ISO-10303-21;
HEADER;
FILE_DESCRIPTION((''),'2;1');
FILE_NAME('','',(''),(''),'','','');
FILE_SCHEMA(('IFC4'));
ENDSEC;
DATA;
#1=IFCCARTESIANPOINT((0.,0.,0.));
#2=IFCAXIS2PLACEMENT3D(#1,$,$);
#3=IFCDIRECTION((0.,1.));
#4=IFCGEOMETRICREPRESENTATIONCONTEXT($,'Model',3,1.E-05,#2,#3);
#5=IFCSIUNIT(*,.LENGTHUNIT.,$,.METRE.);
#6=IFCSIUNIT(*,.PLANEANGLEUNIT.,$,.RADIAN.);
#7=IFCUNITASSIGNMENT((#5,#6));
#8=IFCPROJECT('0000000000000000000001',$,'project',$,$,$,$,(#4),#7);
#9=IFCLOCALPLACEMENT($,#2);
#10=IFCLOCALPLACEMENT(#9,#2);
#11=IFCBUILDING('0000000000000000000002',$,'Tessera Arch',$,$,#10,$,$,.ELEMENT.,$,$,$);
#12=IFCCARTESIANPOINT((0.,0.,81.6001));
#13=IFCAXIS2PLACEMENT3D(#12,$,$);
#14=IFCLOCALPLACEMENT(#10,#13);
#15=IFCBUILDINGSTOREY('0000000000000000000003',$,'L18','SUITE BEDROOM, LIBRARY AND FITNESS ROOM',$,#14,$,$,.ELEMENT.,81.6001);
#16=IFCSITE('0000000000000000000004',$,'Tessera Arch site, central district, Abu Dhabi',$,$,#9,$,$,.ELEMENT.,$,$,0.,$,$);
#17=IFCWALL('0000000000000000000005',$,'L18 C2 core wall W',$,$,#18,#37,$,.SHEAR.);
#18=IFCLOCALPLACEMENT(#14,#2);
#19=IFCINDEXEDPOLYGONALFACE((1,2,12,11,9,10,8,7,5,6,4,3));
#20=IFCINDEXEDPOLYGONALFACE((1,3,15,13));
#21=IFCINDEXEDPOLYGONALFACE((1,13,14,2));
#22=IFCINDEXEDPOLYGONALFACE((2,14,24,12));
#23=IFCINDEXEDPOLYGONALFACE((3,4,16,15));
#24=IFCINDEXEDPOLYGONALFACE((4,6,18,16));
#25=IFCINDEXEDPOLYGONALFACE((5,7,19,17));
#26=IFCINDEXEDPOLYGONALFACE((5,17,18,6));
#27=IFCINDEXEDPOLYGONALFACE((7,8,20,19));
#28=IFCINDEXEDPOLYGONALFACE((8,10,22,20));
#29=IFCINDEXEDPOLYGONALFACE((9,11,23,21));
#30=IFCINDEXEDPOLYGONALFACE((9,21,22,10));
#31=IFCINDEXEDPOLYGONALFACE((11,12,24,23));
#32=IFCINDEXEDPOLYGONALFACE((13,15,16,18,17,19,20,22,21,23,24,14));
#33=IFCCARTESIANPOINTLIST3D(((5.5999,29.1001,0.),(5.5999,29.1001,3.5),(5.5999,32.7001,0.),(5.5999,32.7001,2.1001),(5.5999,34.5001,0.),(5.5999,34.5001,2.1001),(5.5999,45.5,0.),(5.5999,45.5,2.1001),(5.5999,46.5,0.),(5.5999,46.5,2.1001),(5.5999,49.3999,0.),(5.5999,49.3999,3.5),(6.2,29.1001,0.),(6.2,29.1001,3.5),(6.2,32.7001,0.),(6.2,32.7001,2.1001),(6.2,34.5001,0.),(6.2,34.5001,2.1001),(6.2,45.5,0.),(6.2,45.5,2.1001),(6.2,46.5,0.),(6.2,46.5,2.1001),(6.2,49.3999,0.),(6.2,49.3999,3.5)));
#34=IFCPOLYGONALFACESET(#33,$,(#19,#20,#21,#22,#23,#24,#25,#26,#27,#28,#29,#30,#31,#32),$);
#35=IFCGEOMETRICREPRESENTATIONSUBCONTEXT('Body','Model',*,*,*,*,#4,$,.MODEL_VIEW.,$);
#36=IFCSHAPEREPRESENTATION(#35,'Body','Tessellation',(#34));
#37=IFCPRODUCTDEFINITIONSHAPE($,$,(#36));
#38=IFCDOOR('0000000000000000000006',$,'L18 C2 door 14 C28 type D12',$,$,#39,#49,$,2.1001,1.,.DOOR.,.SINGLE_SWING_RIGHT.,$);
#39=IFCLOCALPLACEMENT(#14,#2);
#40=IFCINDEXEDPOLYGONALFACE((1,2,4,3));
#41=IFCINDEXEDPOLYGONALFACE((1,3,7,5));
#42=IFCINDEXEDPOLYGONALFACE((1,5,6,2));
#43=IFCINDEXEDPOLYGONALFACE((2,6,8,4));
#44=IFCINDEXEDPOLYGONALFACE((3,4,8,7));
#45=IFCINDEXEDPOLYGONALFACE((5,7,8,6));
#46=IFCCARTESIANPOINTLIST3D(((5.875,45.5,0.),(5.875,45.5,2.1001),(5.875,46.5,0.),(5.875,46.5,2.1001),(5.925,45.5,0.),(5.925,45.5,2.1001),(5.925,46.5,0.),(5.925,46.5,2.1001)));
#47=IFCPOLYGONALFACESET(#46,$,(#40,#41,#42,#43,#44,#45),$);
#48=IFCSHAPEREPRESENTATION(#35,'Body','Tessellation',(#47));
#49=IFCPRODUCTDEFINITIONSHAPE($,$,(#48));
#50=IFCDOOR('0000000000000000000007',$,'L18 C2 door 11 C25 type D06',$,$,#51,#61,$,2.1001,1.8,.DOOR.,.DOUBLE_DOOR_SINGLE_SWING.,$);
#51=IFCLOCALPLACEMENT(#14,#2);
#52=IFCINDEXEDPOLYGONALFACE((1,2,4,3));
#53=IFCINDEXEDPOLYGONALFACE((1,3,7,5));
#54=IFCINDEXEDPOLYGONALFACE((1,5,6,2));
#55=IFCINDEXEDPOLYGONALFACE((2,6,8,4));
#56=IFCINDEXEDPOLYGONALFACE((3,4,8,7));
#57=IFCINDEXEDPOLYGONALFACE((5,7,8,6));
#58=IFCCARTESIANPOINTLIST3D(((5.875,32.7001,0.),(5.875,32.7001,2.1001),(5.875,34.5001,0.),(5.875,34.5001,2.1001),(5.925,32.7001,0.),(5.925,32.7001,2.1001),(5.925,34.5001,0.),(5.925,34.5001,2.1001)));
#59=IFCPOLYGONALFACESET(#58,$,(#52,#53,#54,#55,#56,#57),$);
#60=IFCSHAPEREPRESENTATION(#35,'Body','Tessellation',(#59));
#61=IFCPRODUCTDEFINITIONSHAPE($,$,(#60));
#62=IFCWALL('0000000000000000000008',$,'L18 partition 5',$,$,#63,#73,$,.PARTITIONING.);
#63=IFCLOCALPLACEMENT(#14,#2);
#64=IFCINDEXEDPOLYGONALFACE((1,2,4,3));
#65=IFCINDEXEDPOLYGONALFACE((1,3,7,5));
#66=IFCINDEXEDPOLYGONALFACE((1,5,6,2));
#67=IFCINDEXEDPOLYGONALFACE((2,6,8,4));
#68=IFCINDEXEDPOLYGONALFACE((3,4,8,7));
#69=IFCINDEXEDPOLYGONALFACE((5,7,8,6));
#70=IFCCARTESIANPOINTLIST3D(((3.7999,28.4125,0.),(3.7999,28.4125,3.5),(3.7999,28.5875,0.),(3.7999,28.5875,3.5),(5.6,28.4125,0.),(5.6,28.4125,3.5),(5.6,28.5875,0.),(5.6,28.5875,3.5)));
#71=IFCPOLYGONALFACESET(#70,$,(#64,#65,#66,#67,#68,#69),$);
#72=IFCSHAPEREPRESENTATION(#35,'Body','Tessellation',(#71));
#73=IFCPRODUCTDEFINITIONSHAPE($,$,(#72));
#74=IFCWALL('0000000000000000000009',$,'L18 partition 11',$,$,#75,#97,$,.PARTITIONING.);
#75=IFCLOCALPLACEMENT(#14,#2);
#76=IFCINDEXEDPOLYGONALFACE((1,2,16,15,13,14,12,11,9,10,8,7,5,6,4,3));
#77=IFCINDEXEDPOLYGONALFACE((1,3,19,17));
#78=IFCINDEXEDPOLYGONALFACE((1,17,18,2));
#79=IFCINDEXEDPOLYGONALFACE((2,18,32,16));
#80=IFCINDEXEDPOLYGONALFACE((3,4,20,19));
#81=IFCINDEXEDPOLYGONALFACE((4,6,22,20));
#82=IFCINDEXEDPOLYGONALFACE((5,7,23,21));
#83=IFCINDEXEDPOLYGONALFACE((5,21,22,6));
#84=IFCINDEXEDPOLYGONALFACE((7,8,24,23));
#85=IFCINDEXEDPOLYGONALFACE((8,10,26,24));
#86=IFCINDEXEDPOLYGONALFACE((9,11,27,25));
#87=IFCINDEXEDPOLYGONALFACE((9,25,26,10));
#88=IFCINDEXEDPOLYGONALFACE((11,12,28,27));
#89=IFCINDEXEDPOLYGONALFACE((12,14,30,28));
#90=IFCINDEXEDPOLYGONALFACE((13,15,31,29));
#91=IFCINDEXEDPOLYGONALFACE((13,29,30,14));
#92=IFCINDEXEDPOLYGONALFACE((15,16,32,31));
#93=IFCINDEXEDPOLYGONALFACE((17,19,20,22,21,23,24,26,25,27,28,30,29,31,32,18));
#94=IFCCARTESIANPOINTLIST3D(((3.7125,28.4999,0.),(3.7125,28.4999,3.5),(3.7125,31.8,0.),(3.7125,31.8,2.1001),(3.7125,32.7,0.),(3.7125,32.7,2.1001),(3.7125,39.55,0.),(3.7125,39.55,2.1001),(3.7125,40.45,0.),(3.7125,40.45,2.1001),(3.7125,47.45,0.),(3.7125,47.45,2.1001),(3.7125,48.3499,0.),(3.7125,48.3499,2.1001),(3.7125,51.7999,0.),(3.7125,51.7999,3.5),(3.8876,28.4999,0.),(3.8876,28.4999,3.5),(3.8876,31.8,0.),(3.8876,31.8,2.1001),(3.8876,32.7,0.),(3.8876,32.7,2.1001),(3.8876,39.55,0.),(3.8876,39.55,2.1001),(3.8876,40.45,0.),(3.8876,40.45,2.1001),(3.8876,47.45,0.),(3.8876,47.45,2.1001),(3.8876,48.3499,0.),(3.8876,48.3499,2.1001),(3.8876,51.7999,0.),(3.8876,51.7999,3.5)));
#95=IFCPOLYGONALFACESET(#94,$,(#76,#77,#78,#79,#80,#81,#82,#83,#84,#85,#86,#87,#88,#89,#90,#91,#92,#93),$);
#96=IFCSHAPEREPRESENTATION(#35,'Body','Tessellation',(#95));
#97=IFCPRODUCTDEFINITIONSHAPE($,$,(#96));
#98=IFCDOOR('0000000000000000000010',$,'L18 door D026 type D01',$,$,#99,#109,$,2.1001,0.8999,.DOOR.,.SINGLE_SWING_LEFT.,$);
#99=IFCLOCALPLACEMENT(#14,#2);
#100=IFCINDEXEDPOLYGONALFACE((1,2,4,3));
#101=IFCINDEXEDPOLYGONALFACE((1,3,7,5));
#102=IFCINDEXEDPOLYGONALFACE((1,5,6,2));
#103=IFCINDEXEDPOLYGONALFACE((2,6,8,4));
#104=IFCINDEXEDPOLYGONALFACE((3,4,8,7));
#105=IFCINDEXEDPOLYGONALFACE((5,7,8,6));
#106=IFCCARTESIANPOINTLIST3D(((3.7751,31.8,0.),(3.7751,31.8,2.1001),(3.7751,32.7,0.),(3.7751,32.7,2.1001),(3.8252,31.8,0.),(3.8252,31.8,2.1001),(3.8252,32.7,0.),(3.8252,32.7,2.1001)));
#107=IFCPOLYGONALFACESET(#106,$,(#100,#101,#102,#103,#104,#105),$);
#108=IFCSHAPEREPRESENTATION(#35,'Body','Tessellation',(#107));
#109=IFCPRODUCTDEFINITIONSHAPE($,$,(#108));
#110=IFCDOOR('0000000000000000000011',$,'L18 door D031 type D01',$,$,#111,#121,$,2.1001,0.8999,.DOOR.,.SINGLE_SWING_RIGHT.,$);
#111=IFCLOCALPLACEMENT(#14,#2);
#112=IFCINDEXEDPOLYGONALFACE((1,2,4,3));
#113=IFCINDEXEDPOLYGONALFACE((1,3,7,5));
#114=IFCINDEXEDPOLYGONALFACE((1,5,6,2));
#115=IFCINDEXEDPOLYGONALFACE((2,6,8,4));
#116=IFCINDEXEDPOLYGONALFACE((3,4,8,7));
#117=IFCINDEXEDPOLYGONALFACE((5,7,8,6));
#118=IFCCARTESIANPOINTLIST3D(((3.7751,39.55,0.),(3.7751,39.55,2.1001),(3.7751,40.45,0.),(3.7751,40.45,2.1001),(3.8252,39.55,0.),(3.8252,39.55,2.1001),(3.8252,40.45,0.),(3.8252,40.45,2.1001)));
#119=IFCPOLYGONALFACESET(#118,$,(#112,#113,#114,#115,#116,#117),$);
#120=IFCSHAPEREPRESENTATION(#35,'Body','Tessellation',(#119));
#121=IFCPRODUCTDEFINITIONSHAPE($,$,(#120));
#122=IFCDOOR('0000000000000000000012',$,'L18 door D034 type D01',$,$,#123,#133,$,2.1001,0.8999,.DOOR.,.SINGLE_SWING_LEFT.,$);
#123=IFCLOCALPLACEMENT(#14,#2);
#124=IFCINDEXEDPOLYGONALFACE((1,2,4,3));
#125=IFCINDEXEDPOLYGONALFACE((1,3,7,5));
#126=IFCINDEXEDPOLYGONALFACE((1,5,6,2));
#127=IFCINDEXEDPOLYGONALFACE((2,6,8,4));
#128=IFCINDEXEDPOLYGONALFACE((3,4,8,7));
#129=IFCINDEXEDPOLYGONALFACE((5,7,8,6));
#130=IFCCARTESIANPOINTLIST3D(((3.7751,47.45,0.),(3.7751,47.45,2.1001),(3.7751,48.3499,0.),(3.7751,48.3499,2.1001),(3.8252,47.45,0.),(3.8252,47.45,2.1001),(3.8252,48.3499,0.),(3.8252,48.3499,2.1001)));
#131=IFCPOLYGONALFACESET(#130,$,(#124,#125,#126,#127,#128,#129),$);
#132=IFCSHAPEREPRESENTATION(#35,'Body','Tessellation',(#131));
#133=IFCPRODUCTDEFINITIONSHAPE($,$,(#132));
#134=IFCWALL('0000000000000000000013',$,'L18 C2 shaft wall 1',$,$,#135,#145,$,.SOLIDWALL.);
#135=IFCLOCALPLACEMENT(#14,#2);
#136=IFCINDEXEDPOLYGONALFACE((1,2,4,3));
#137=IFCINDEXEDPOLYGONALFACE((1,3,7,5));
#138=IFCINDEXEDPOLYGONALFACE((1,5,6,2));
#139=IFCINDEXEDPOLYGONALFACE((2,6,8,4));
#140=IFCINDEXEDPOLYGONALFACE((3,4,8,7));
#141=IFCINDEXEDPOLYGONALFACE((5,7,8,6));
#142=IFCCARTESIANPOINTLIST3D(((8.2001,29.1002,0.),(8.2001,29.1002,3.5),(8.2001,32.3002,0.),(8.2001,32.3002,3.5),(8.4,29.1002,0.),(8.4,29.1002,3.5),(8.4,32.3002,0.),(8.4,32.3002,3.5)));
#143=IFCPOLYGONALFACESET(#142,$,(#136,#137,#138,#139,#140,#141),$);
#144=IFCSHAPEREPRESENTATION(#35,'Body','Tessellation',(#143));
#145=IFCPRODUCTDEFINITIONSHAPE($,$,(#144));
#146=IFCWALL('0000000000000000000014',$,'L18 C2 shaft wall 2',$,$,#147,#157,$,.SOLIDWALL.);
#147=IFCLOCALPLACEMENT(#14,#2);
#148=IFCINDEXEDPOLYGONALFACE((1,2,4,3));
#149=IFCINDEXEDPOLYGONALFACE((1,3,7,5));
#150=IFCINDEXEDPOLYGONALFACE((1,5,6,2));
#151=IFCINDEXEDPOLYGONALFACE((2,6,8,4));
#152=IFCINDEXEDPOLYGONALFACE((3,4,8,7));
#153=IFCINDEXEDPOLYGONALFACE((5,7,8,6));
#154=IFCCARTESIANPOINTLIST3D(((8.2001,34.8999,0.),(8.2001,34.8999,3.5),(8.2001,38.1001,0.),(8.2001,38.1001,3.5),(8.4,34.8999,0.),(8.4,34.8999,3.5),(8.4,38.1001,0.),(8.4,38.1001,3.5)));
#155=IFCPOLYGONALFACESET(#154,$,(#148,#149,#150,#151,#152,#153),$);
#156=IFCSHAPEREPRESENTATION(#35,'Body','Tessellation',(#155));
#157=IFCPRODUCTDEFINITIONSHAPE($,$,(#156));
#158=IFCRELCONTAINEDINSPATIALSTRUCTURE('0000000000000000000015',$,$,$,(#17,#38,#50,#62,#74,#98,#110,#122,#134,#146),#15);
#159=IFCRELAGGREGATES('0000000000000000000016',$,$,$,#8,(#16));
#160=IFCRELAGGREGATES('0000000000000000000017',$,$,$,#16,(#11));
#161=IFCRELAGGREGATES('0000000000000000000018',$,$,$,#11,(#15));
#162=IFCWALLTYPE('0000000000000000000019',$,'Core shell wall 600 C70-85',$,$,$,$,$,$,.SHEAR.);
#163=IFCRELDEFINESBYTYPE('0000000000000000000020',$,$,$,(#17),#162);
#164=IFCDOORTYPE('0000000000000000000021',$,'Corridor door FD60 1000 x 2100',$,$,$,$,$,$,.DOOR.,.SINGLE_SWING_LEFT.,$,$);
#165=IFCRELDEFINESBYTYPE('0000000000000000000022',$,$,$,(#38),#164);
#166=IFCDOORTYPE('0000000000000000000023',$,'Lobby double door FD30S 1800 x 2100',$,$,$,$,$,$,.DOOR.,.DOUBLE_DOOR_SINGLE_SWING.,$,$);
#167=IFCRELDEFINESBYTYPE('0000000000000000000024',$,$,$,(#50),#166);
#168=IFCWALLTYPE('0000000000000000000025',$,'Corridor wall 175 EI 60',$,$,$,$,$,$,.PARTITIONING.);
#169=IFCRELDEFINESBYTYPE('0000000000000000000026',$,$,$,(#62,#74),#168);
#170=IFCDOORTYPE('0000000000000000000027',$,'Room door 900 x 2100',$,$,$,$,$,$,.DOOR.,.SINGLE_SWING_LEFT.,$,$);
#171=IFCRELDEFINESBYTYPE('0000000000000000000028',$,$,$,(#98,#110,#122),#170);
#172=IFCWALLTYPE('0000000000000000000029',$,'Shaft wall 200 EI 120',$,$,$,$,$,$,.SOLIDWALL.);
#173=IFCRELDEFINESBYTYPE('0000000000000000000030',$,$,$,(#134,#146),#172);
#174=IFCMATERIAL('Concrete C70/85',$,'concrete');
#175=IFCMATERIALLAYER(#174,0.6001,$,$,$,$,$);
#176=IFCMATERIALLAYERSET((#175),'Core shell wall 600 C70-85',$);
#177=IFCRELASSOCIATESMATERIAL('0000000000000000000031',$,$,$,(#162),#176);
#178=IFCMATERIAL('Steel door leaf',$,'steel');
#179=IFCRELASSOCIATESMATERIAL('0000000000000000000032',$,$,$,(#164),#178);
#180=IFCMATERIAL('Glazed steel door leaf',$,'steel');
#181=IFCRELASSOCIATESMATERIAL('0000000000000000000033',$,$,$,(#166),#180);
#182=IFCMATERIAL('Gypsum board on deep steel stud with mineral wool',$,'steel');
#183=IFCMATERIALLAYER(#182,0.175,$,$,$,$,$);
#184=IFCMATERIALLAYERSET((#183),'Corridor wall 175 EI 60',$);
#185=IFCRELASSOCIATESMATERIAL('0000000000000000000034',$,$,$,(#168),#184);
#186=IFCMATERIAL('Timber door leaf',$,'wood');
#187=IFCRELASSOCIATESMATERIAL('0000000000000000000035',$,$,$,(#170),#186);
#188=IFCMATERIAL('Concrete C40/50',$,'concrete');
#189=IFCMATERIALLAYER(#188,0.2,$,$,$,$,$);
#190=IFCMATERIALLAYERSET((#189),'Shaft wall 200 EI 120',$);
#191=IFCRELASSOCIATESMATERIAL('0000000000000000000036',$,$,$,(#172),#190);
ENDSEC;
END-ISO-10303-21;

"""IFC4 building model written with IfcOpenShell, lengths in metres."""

from ifc_helpers import new_model, si_unit, direction, frame, frame_2d, origin, place, context, subcontext, project, spatial, rectangle, extrude, material, layer, layer_set, type_object, element, fill, save


model = new_model("IFC4")

# Units and contexts
model_context = context("Model", 3, precision=1e-05, world=origin(), true_north=direction((0.0, 1.0)))
body_context = subcontext(model_context, "Body", "Model", "MODEL_VIEW")
ifc_project = project(units=[si_unit("LENGTHUNIT", "METRE"), si_unit("PLANEANGLEUNIT", "RADIAN")], contexts=[model_context])

# Site, building, storey
site_placement = place(None, origin())
site = spatial("IfcSite", under=ifc_project, at=site_placement, Name="Tessera Arch site, central district, Abu Dhabi", CompositionType="ELEMENT", RefElevation=0.0)
building_placement = place(site_placement, origin())
building = spatial("IfcBuilding", under=site, at=building_placement, Name="Tessera Arch", CompositionType="ELEMENT")
storey_placement = place(building_placement, frame((0.0, 0.0, 81.6001)))
storey = spatial("IfcBuildingStorey", under=building, at=storey_placement, Name="L18", Description="SUITE BEDROOM, LIBRARY AND FITNESS ROOM", CompositionType="ELEMENT", Elevation=81.6001)

# Wall, openings, doors
ifc_material_1 = material(Name="Concrete C70/85", Category="concrete")
ifc_layer_1 = layer(ifc_material_1, 0.6001)
ifc_layer_set_1 = layer_set([ifc_layer_1], Name="Core shell wall 600 C70-85")
wall_type_1 = type_object("IfcWallType", Name="Core shell wall 600 C70-85", PredefinedType="SHEAR", material=ifc_layer_set_1)
wall_1_placement = place(storey_placement, frame((5.8999, 29.1001, 0.0), z_axis=(0.0, 0.0, 1.0), x_axis=(0.0, 1.0, 0.0)))
wall_1 = element("IfcWall", 1, at=wall_1_placement, inside=storey, type_object=wall_type_1, Name="L18 C2 core wall W", PredefinedType="SHEAR", context=body_context, shape_type="SweptSolid", body=[
    extrude(rectangle(XDim=20.2998, YDim=0.6001, at=frame_2d((10.1499, 0.0))), origin(), (0.0, 0.0, 1.0), 3.5),
])
opening_1_placement = place(wall_1_placement, frame((3.6001, 0.0, 0.0)))
opening_1 = element("IfcOpeningElement", 2, at=opening_1_placement, cuts=wall_1, PredefinedType="OPENING", context=body_context, shape_type="SweptSolid", body=[
    extrude(rectangle(XDim=1.8, YDim=2.1001, at=frame_2d((0.8999, 1.05))), frame((0.0, 0.3101, 0.0), z_axis=(0.0, -1.0, 0.0), x_axis=(1.0, 0.0, 0.0)), (0.0, 0.0, 1.0), 0.6201),
])
opening_2_placement = place(wall_1_placement, frame((16.3999, 0.0, 0.0)))
opening_2 = element("IfcOpeningElement", 3, at=opening_2_placement, cuts=wall_1, PredefinedType="OPENING", context=body_context, shape_type="SweptSolid", body=[
    extrude(rectangle(XDim=1.0, YDim=2.1001, at=frame_2d((0.5, 1.05))), frame((0.0, 0.3101, 0.0), z_axis=(0.0, -1.0, 0.0), x_axis=(1.0, 0.0, 0.0)), (0.0, 0.0, 1.0), 0.6201),
])
ifc_material_2 = material(Name="Steel door leaf", Category="steel")
door_type_1 = type_object("IfcDoorType", Name="Corridor door FD60 1000 x 2100", OperationType="SINGLE_SWING_LEFT", PredefinedType="DOOR", material=ifc_material_2)
door_1_placement = place(opening_2_placement, origin())
door_1 = element("IfcDoor", 4, at=door_1_placement, inside=storey, type_object=door_type_1, Name="L18 C2 door 14 C28 type D12", OperationType="SINGLE_SWING_RIGHT", OverallHeight=2.1001, OverallWidth=1.0, PredefinedType="DOOR", context=body_context, shape_type="SweptSolid", body=[
    extrude(rectangle(XDim=1.0, YDim=2.1001, at=frame_2d((0.5, 1.05))), frame((0.0, 0.0249, 0.0), z_axis=(0.0, -1.0, 0.0), x_axis=(1.0, 0.0, 0.0)), (0.0, 0.0, 1.0), 0.05),
])
fill(opening_2, door_1)
ifc_material_3 = material(Name="Glazed steel door leaf", Category="steel")
door_type_2 = type_object("IfcDoorType", Name="Lobby double door FD30S 1800 x 2100", OperationType="DOUBLE_DOOR_SINGLE_SWING", PredefinedType="DOOR", material=ifc_material_3)
door_2_placement = place(opening_1_placement, origin())
door_2 = element("IfcDoor", 5, at=door_2_placement, inside=storey, type_object=door_type_2, Name="L18 C2 door 11 C25 type D06", OperationType="DOUBLE_DOOR_SINGLE_SWING", OverallHeight=2.1001, OverallWidth=1.8, PredefinedType="DOOR", context=body_context, shape_type="SweptSolid", body=[
    extrude(rectangle(XDim=1.8, YDim=2.1001, at=frame_2d((0.8999, 1.05))), frame((0.0, 0.0249, 0.0), z_axis=(0.0, -1.0, 0.0), x_axis=(1.0, 0.0, 0.0)), (0.0, 0.0, 1.0), 0.05),
])
fill(opening_1, door_2)

# Wall
ifc_material_4 = material(Name="Gypsum board on deep steel stud with mineral wool", Category="steel")
ifc_layer_2 = layer(ifc_material_4, 0.175)
ifc_layer_set_2 = layer_set([ifc_layer_2], Name="Corridor wall 175 EI 60")
wall_type_2 = type_object("IfcWallType", Name="Corridor wall 175 EI 60", PredefinedType="PARTITIONING", material=ifc_layer_set_2)
wall_2_placement = place(storey_placement, frame((3.8, 28.5, 0.0), z_axis=(0.0, 0.0, 1.0), x_axis=(1.0, 0.0, 0.0)))
element("IfcWall", 6, at=wall_2_placement, inside=storey, type_object=wall_type_2, Name="L18 partition 5", PredefinedType="PARTITIONING", context=body_context, shape_type="SweptSolid", body=[
    extrude(rectangle(XDim=1.8, YDim=0.175, at=frame_2d((0.8999, 0.0))), origin(), (0.0, 0.0, 1.0), 3.5),
])

# Wall, openings, doors
wall_3_placement = place(storey_placement, frame((3.8, 28.5, 0.0), z_axis=(0.0, 0.0, 1.0), x_axis=(0.0, 1.0, 0.0)))
wall_3 = element("IfcWall", 7, at=wall_3_placement, inside=storey, type_object=wall_type_2, Name="L18 partition 11", PredefinedType="PARTITIONING", context=body_context, shape_type="SweptSolid", body=[
    extrude(rectangle(XDim=23.3, YDim=0.175, at=frame_2d((11.6499, 0.0))), origin(), (0.0, 0.0, 1.0), 3.5),
])
opening_3_placement = place(wall_3_placement, frame((3.3, 0.0, 0.0)))
opening_3 = element("IfcOpeningElement", 8, at=opening_3_placement, cuts=wall_3, PredefinedType="OPENING", context=body_context, shape_type="SweptSolid", body=[
    extrude(rectangle(XDim=0.8999, YDim=2.1001, at=frame_2d((0.45, 1.05))), frame((0.0, 0.0974, 0.0), z_axis=(0.0, -1.0, 0.0), x_axis=(1.0, 0.0, 0.0)), (0.0, 0.0, 1.0), 0.1951),
])
opening_4_placement = place(wall_3_placement, frame((11.05, 0.0, 0.0)))
opening_4 = element("IfcOpeningElement", 9, at=opening_4_placement, cuts=wall_3, PredefinedType="OPENING", context=body_context, shape_type="SweptSolid", body=[
    extrude(rectangle(XDim=0.8999, YDim=2.1001, at=frame_2d((0.45, 1.05))), frame((0.0, 0.0974, 0.0), z_axis=(0.0, -1.0, 0.0), x_axis=(1.0, 0.0, 0.0)), (0.0, 0.0, 1.0), 0.1951),
])
opening_5_placement = place(wall_3_placement, frame((18.95, 0.0, 0.0)))
opening_5 = element("IfcOpeningElement", 10, at=opening_5_placement, cuts=wall_3, PredefinedType="OPENING", context=body_context, shape_type="SweptSolid", body=[
    extrude(rectangle(XDim=0.8999, YDim=2.1001, at=frame_2d((0.45, 1.05))), frame((0.0, 0.0974, 0.0), z_axis=(0.0, -1.0, 0.0), x_axis=(1.0, 0.0, 0.0)), (0.0, 0.0, 1.0), 0.1951),
])
ifc_material_5 = material(Name="Timber door leaf", Category="wood")
door_type_3 = type_object("IfcDoorType", Name="Room door 900 x 2100", OperationType="SINGLE_SWING_LEFT", PredefinedType="DOOR", material=ifc_material_5)
door_3_placement = place(opening_3_placement, origin())
door_3 = element("IfcDoor", 11, at=door_3_placement, inside=storey, type_object=door_type_3, Name="L18 door D026 type D01", OperationType="SINGLE_SWING_LEFT", OverallHeight=2.1001, OverallWidth=0.8999, PredefinedType="DOOR", context=body_context, shape_type="SweptSolid", body=[
    extrude(rectangle(XDim=0.8999, YDim=2.1001, at=frame_2d((0.45, 1.05))), frame((0.0, 0.0249, 0.0), z_axis=(0.0, -1.0, 0.0), x_axis=(1.0, 0.0, 0.0)), (0.0, 0.0, 1.0), 0.05),
])
fill(opening_3, door_3)
door_4_placement = place(opening_4_placement, origin())
door_4 = element("IfcDoor", 12, at=door_4_placement, inside=storey, type_object=door_type_3, Name="L18 door D031 type D01", OperationType="SINGLE_SWING_RIGHT", OverallHeight=2.1001, OverallWidth=0.8999, PredefinedType="DOOR", context=body_context, shape_type="SweptSolid", body=[
    extrude(rectangle(XDim=0.8999, YDim=2.1001, at=frame_2d((0.45, 1.05))), frame((0.0, 0.0249, 0.0), z_axis=(0.0, -1.0, 0.0), x_axis=(1.0, 0.0, 0.0)), (0.0, 0.0, 1.0), 0.05),
])
fill(opening_4, door_4)
door_5_placement = place(opening_5_placement, origin())
door_5 = element("IfcDoor", 13, at=door_5_placement, inside=storey, type_object=door_type_3, Name="L18 door D034 type D01", OperationType="SINGLE_SWING_LEFT", OverallHeight=2.1001, OverallWidth=0.8999, PredefinedType="DOOR", context=body_context, shape_type="SweptSolid", body=[
    extrude(rectangle(XDim=0.8999, YDim=2.1001, at=frame_2d((0.45, 1.05))), frame((0.0, 0.0249, 0.0), z_axis=(0.0, -1.0, 0.0), x_axis=(1.0, 0.0, 0.0)), (0.0, 0.0, 1.0), 0.05),
])
fill(opening_5, door_5)

# Walls
ifc_material_6 = material(Name="Concrete C40/50", Category="concrete")
ifc_layer_3 = layer(ifc_material_6, 0.2)
ifc_layer_set_3 = layer_set([ifc_layer_3], Name="Shaft wall 200 EI 120")
wall_type_3 = type_object("IfcWallType", Name="Shaft wall 200 EI 120", PredefinedType="SOLIDWALL", material=ifc_layer_set_3)
wall_4_placement = place(storey_placement, frame((8.3, 29.1001, 0.0), z_axis=(0.0, 0.0, 1.0), x_axis=(0.0, 1.0, 0.0)))
element("IfcWall", 14, at=wall_4_placement, inside=storey, type_object=wall_type_3, Name="L18 C2 shaft wall 1", PredefinedType="SOLIDWALL", context=body_context, shape_type="SweptSolid", body=[
    extrude(rectangle(XDim=3.2, YDim=0.2, at=frame_2d((1.6001, 0.0))), origin(), (0.0, 0.0, 1.0), 3.5),
])
wall_5_placement = place(storey_placement, frame((8.3, 34.8999, 0.0), z_axis=(0.0, 0.0, 1.0), x_axis=(0.0, 1.0, 0.0)))
element("IfcWall", 15, at=wall_5_placement, inside=storey, type_object=wall_type_3, Name="L18 C2 shaft wall 2", PredefinedType="SOLIDWALL", context=body_context, shape_type="SweptSolid", body=[
    extrude(rectangle(XDim=3.2002, YDim=0.2, at=frame_2d((1.6001, 0.0))), origin(), (0.0, 0.0, 1.0), 3.5),
])

save(model, "model.ifc")
